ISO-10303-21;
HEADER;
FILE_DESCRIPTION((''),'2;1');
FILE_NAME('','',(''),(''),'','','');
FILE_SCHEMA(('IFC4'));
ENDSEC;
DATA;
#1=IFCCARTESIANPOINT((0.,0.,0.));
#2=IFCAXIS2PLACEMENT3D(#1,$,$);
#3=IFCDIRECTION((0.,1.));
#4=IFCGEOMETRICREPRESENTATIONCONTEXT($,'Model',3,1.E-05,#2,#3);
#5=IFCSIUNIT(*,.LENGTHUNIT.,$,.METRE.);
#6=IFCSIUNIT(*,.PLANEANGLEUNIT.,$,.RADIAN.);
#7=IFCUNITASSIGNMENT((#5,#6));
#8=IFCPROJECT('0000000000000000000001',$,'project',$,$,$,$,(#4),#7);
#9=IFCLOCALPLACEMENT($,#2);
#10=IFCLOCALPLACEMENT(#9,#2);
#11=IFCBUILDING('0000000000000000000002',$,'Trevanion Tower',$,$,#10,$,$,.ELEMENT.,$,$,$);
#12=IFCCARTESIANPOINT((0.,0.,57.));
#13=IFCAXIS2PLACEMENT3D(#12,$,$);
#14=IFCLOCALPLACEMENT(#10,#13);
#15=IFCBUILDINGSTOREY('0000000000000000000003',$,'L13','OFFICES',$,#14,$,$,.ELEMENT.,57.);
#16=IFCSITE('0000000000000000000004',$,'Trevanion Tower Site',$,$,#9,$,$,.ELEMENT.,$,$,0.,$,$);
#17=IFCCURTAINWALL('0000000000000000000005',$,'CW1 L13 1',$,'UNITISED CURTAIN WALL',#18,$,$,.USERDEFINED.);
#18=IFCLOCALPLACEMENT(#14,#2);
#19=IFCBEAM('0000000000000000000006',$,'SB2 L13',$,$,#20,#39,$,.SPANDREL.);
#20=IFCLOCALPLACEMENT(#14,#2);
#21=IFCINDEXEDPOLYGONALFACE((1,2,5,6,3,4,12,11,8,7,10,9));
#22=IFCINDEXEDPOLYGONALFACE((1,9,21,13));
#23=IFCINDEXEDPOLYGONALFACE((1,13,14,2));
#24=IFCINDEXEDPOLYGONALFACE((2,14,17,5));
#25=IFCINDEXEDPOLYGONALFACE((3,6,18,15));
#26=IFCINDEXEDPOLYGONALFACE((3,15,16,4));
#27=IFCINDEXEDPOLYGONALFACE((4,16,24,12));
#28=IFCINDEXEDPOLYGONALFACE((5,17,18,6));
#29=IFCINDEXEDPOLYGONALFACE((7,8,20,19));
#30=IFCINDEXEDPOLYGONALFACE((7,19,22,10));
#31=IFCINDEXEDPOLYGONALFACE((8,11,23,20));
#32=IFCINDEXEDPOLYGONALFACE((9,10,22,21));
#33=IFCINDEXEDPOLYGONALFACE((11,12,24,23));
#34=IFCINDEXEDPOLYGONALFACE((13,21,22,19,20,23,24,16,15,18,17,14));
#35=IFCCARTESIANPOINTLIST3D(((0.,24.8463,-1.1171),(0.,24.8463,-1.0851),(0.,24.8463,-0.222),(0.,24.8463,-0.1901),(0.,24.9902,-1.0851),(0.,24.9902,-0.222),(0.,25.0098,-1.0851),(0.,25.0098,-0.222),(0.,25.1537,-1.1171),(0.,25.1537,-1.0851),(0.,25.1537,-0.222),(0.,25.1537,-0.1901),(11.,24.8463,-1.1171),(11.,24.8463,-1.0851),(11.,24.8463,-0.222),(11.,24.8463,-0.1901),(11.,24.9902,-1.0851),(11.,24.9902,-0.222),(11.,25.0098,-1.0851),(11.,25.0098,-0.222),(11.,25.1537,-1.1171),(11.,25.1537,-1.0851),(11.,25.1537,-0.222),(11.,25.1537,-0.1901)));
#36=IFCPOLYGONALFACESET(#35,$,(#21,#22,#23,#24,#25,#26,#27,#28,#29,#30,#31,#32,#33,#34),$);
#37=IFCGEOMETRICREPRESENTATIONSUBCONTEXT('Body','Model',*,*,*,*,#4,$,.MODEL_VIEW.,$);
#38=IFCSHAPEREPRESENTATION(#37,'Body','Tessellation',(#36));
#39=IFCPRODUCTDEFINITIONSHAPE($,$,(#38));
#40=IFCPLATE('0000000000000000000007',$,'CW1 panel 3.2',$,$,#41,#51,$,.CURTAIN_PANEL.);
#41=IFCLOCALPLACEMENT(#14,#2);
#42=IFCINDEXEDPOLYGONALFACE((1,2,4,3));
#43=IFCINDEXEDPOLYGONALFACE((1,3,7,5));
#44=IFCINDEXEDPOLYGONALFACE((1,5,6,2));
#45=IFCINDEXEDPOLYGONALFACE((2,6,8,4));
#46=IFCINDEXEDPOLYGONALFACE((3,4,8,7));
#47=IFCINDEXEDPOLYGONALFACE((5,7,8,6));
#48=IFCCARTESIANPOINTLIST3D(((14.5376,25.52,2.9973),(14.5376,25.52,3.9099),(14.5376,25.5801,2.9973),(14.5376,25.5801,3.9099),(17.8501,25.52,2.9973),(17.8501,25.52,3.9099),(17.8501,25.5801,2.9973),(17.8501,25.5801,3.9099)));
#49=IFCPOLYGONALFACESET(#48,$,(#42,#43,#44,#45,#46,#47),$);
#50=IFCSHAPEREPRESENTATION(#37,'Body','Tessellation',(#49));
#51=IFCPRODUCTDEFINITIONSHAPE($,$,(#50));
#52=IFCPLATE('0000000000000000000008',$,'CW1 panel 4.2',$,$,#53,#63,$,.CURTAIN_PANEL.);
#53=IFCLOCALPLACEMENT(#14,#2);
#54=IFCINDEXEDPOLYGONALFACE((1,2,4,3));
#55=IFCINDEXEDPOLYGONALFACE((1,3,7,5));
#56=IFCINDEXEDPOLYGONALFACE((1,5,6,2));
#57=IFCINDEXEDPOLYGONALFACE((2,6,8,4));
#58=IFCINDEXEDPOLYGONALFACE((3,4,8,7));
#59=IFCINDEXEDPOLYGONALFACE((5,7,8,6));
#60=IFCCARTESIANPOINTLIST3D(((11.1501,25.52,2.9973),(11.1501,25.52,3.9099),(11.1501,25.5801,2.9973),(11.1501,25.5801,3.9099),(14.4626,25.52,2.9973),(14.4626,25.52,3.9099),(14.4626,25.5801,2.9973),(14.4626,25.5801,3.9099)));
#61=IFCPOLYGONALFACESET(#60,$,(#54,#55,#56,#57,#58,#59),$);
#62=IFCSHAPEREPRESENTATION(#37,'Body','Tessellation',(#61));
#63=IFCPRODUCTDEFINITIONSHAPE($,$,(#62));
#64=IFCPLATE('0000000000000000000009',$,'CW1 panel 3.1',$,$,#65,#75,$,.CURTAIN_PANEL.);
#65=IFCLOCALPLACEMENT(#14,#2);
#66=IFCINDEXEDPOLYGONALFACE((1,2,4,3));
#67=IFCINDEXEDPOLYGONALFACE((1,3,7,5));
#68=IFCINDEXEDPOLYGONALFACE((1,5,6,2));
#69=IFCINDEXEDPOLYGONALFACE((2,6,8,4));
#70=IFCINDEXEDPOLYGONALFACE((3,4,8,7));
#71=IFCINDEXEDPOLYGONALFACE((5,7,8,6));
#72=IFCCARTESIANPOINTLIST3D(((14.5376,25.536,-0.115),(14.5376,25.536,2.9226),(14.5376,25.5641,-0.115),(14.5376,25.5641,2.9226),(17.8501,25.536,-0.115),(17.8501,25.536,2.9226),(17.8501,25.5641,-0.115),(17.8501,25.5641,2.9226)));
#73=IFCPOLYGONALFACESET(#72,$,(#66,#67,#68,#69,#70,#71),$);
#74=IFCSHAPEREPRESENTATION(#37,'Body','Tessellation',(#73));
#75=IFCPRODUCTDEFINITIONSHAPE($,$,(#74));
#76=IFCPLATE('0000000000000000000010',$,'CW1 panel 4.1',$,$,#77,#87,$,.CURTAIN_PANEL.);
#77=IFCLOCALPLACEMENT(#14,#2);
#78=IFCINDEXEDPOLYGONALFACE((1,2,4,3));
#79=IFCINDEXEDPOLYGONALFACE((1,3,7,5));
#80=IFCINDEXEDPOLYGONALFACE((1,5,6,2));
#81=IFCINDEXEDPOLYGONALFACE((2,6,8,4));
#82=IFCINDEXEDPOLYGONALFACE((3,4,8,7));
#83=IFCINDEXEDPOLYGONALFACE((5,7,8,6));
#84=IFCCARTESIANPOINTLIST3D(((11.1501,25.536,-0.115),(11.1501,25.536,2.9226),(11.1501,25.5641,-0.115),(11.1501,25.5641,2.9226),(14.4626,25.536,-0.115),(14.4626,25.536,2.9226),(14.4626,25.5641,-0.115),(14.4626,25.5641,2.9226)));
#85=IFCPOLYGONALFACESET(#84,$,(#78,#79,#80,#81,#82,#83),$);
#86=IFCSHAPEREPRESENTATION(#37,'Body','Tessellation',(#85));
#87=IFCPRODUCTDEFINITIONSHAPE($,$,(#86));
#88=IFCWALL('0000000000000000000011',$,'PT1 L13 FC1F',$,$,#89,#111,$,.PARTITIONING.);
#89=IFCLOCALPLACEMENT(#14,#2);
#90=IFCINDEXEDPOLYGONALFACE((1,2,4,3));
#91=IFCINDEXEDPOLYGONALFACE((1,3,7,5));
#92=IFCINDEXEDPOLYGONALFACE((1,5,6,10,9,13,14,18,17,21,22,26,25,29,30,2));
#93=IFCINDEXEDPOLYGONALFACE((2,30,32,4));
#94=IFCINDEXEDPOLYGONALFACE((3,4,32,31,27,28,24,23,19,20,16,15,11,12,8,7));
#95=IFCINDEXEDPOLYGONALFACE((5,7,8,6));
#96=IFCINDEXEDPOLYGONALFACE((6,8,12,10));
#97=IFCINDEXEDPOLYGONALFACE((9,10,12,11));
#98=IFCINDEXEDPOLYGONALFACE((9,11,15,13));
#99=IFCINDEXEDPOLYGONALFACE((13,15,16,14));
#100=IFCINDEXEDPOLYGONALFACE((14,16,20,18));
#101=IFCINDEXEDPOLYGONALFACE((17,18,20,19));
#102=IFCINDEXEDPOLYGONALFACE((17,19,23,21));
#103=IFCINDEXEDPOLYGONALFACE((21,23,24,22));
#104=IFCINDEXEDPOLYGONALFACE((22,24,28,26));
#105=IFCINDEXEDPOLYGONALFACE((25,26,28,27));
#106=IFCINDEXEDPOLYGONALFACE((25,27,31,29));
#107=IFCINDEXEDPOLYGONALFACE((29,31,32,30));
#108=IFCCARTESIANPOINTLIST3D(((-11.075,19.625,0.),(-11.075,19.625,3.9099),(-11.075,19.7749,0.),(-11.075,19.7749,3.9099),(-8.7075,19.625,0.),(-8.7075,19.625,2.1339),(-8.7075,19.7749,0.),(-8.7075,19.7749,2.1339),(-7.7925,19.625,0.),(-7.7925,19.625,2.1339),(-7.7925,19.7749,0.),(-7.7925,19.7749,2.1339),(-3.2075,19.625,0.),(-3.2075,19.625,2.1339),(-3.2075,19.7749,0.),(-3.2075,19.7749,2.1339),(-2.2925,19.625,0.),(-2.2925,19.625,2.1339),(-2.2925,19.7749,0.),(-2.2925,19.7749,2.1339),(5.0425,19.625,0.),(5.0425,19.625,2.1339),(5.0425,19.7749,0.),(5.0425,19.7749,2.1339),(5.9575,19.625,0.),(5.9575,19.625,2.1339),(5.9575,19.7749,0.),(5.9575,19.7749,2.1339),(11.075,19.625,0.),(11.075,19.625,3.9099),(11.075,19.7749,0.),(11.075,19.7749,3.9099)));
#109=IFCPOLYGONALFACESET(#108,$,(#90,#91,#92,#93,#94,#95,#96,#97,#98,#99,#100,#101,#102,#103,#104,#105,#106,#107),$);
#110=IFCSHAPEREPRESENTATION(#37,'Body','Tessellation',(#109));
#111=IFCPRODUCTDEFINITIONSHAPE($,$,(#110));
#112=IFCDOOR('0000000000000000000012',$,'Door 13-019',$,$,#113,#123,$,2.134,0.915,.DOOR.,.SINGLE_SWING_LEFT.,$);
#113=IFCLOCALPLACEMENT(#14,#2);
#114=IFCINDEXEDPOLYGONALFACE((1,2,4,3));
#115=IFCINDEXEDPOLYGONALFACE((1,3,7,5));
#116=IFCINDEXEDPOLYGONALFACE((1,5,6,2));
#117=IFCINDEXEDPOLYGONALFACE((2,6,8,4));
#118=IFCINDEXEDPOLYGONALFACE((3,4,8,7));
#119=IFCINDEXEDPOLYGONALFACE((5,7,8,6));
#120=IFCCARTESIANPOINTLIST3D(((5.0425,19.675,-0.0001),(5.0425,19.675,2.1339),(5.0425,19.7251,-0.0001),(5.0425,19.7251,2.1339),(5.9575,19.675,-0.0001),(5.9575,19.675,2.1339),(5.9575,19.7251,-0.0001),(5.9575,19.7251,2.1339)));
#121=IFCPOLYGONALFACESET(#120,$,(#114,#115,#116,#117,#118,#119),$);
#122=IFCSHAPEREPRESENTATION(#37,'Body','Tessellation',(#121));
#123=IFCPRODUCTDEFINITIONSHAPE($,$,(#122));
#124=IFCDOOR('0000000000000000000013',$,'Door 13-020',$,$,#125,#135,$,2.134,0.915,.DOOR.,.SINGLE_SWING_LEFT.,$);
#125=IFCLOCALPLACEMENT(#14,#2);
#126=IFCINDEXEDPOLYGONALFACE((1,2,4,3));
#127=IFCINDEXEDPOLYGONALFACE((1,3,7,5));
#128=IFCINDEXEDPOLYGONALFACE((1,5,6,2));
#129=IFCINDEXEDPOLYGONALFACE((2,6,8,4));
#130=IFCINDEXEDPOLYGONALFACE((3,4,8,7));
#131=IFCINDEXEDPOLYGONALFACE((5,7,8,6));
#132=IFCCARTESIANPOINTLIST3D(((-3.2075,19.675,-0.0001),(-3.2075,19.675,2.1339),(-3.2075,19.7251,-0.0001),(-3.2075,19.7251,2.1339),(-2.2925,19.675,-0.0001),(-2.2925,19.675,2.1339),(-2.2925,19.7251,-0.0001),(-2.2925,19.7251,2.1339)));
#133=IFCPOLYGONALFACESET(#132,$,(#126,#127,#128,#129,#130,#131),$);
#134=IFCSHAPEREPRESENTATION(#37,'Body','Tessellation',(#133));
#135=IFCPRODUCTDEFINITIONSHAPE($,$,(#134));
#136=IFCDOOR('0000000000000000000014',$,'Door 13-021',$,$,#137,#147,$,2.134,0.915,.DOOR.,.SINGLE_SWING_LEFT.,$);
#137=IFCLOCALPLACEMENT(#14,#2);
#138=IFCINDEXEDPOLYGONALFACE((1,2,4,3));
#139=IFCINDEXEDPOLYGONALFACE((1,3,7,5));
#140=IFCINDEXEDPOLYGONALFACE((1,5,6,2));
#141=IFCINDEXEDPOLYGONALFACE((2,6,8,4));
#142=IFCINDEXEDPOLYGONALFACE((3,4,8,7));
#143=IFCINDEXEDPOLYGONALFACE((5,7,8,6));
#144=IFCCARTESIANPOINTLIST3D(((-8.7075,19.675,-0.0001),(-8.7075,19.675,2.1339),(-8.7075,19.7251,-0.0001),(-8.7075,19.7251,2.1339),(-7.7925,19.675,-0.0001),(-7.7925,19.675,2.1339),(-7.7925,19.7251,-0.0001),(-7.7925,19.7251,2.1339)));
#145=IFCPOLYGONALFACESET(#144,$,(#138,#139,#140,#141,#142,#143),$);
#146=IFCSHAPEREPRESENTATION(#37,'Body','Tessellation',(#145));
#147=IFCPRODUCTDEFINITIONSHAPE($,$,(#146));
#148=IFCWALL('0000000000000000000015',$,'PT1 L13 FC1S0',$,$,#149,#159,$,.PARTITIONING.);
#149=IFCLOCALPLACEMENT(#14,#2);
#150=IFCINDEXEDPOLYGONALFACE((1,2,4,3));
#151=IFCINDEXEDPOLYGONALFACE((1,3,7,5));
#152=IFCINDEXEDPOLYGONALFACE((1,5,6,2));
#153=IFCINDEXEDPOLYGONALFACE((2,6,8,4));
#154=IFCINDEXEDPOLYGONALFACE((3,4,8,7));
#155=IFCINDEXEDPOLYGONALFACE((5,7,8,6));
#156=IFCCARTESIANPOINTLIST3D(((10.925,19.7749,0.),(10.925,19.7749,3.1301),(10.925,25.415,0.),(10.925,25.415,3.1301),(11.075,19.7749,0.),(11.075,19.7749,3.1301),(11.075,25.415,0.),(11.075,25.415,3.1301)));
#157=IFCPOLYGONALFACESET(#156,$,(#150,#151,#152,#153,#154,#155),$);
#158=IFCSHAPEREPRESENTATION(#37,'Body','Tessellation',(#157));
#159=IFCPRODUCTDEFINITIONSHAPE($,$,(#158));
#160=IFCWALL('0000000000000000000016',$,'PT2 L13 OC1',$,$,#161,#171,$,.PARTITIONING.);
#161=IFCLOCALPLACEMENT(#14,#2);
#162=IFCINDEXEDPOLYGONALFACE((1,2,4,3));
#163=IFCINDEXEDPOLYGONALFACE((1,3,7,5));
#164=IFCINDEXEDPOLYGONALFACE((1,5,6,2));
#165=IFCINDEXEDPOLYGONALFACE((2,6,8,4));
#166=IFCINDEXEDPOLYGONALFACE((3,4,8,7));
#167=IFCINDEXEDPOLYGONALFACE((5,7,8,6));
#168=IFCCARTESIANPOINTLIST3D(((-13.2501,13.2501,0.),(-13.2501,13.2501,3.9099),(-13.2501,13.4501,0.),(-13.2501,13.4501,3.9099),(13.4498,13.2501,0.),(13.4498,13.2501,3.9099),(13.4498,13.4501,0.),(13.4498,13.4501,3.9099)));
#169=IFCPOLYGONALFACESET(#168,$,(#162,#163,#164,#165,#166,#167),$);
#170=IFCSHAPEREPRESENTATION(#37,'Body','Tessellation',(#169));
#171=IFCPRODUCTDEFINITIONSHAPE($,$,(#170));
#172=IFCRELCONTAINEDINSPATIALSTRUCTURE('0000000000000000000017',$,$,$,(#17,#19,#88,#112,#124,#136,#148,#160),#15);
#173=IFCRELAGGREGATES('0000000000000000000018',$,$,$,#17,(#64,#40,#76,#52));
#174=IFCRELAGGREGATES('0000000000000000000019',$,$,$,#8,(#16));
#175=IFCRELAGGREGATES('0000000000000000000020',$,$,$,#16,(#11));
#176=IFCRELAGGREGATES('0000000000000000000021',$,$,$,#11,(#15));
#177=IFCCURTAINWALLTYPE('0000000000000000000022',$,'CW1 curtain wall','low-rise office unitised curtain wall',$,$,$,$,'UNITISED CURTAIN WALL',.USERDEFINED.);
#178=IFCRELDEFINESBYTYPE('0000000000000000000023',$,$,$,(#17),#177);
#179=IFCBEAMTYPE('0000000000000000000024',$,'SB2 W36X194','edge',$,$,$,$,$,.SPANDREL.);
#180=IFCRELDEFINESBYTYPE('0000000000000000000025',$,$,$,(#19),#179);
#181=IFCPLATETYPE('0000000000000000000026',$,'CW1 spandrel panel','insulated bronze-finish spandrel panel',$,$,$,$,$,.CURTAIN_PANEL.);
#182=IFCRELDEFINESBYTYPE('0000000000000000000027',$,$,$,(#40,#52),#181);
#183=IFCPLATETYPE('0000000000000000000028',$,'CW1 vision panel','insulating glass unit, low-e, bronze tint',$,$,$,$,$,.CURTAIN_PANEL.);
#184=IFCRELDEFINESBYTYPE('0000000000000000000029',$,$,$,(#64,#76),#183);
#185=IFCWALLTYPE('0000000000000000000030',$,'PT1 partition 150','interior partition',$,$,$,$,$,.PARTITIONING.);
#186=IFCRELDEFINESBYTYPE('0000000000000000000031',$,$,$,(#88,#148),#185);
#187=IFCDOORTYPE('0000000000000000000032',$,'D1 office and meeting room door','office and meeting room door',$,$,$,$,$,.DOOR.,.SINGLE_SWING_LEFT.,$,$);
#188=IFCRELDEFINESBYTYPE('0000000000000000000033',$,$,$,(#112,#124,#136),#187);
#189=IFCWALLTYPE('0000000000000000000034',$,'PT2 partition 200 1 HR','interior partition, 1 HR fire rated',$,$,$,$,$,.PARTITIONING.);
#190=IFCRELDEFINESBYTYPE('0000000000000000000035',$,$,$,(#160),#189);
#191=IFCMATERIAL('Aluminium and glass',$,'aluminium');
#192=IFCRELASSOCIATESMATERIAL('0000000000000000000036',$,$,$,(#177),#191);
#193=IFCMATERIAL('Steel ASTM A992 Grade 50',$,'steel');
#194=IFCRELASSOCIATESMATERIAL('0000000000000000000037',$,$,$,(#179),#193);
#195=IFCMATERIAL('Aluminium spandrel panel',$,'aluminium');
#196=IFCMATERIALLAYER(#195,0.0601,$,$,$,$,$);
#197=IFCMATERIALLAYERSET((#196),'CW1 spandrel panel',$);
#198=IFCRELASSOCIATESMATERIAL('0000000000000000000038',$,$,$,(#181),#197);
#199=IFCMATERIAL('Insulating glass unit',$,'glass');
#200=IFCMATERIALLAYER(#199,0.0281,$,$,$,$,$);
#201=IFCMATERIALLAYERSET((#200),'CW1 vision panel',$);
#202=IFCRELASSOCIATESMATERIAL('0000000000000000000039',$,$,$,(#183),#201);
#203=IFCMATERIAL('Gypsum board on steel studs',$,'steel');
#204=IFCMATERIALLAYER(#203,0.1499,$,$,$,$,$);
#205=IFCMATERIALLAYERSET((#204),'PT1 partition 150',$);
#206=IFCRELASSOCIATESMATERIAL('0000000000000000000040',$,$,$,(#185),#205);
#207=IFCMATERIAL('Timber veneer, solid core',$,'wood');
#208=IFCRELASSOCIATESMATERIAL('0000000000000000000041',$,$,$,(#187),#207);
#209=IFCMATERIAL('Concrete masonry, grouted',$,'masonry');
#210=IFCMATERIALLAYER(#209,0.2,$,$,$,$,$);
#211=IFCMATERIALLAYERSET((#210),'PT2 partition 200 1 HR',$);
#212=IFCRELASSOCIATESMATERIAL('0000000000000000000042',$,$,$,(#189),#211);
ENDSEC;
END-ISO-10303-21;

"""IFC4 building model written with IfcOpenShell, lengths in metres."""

from ifc_helpers import new_model, si_unit, direction, frame, frame_2d, origin, origin_2d, place, context, subcontext, project, spatial, rectangle, i_section, extrude, material, layer, layer_set, material_profile, profile_set, type_object, element, fill, aggregate, save


model = new_model("IFC4")

# Units and contexts
model_context = context("Model", 3, precision=1e-05, world=origin(), true_north=direction((0.0, 1.0)))
body_context = subcontext(model_context, "Body", "Model", "MODEL_VIEW")
ifc_project = project(units=[si_unit("LENGTHUNIT", "METRE"), si_unit("PLANEANGLEUNIT", "RADIAN")], contexts=[model_context])

# Site, building, storey
site_placement = place(None, origin())
site = spatial("IfcSite", under=ifc_project, at=site_placement, Name="Trevanion Tower Site", CompositionType="ELEMENT", RefElevation=0.0)
building_placement = place(site_placement, origin())
building = spatial("IfcBuilding", under=site, at=building_placement, Name="Trevanion Tower", CompositionType="ELEMENT")
storey_placement = place(building_placement, frame((0.0, 0.0, 57.0)))
storey = spatial("IfcBuildingStorey", under=building, at=storey_placement, Name="L13", Description="OFFICES", CompositionType="ELEMENT", Elevation=57.0)

# Curtain wall
ifc_material_1 = material(Name="Aluminium and glass", Category="aluminium")
curtain_wall_type = type_object("IfcCurtainWallType", Name="CW1 curtain wall", Description="low-rise office unitised curtain wall", ElementType="UNITISED CURTAIN WALL", PredefinedType="USERDEFINED", material=ifc_material_1)
curtain_wall_placement = place(storey_placement, origin())
curtain_wall = element("IfcCurtainWall", 1, at=curtain_wall_placement, inside=storey, type_object=curtain_wall_type, Name="CW1 L13 1", ObjectType="UNITISED CURTAIN WALL", PredefinedType="USERDEFINED")

# Beam
ifc_material_2 = material(Name="Steel ASTM A992 Grade 50", Category="steel")
ifc_material_profile_1 = material_profile(ifc_material_2, i_section(OverallWidth=0.3074, OverallDepth=0.927, WebThickness=0.0195, FlangeThickness=0.032, at=origin_2d()), Name="W36X194")
ifc_profile_set_1 = profile_set([ifc_material_profile_1], Name="Steel ASTM A992 Grade 50")
beam_type_1 = type_object("IfcBeamType", Name="SB2 W36X194", Description="edge", PredefinedType="SPANDREL", material=ifc_profile_set_1)
beam_1_placement = place(storey_placement, frame((11.0, 25.0, -0.6536), z_axis=(-1.0, 0.0, 0.0), x_axis=(0.0, -1.0, 0.0)))
element("IfcBeam", 2, at=beam_1_placement, inside=storey, type_object=beam_type_1, Name="SB2 L13", PredefinedType="SPANDREL", context=body_context, shape_type="SweptSolid", body=[
    extrude(i_section(OverallWidth=0.3074, OverallDepth=0.927, WebThickness=0.0195, FlangeThickness=0.032, at=origin_2d()), origin(), (0.0, 0.0, 1.0), 11.0),
])

# Plates
ifc_material_3 = material(Name="Aluminium spandrel panel", Category="aluminium")
ifc_layer_1 = layer(ifc_material_3, 0.0601)
ifc_layer_set_1 = layer_set([ifc_layer_1], Name="CW1 spandrel panel")
plate_type_1 = type_object("IfcPlateType", Name="CW1 spandrel panel", Description="insulated bronze-finish spandrel panel", PredefinedType="CURTAIN_PANEL", material=ifc_layer_set_1)
plate_1_placement = place(storey_placement, frame((16.1938, 25.55, 2.9973), z_axis=(0.0, 0.0, 1.0), x_axis=(-1.0, 0.0, 0.0)))
plate_1 = element("IfcPlate", 3, at=plate_1_placement, type_object=plate_type_1, Name="CW1 panel 3.2", PredefinedType="CURTAIN_PANEL", context=body_context, shape_type="SweptSolid", body=[
    extrude(rectangle(XDim=3.3125, YDim=0.0601, at=origin_2d()), origin(), (0.0, 0.0, 1.0), 0.9126),
])
plate_2_placement = place(storey_placement, frame((12.8064, 25.55, 2.9973), z_axis=(0.0, 0.0, 1.0), x_axis=(-1.0, 0.0, 0.0)))
plate_2 = element("IfcPlate", 4, at=plate_2_placement, type_object=plate_type_1, Name="CW1 panel 4.2", PredefinedType="CURTAIN_PANEL", context=body_context, shape_type="SweptSolid", body=[
    extrude(rectangle(XDim=3.3125, YDim=0.0601, at=origin_2d()), origin(), (0.0, 0.0, 1.0), 0.9126),
])
ifc_material_4 = material(Name="Insulating glass unit", Category="glass")
ifc_layer_2 = layer(ifc_material_4, 0.0281)
ifc_layer_set_2 = layer_set([ifc_layer_2], Name="CW1 vision panel")
plate_type_2 = type_object("IfcPlateType", Name="CW1 vision panel", Description="insulating glass unit, low-e, bronze tint", PredefinedType="CURTAIN_PANEL", material=ifc_layer_set_2)
plate_3_placement = place(storey_placement, frame((16.1938, 25.55, -0.115), z_axis=(0.0, 0.0, 1.0), x_axis=(-1.0, 0.0, 0.0)))
plate_3 = element("IfcPlate", 5, at=plate_3_placement, type_object=plate_type_2, Name="CW1 panel 3.1", PredefinedType="CURTAIN_PANEL", context=body_context, shape_type="SweptSolid", body=[
    extrude(rectangle(XDim=3.3125, YDim=0.0281, at=origin_2d()), origin(), (0.0, 0.0, 1.0), 3.0376),
])
plate_4_placement = place(storey_placement, frame((12.8064, 25.55, -0.115), z_axis=(0.0, 0.0, 1.0), x_axis=(-1.0, 0.0, 0.0)))
plate_4 = element("IfcPlate", 6, at=plate_4_placement, type_object=plate_type_2, Name="CW1 panel 4.1", PredefinedType="CURTAIN_PANEL", context=body_context, shape_type="SweptSolid", body=[
    extrude(rectangle(XDim=3.3125, YDim=0.0281, at=origin_2d()), origin(), (0.0, 0.0, 1.0), 3.0376),
])
aggregate(curtain_wall, [plate_3, plate_1, plate_4, plate_2])

# Wall, openings, doors
ifc_material_5 = material(Name="Gypsum board on steel studs", Category="steel")
ifc_layer_3 = layer(ifc_material_5, 0.1499)
ifc_layer_set_3 = layer_set([ifc_layer_3], Name="PT1 partition 150")
wall_type_1 = type_object("IfcWallType", Name="PT1 partition 150", Description="interior partition", PredefinedType="PARTITIONING", material=ifc_layer_set_3)
wall_1_placement = place(storey_placement, frame((11.075, 19.7, 0.0), z_axis=(0.0, 0.0, 1.0), x_axis=(-1.0, 0.0, 0.0)))
wall_1 = element("IfcWall", 7, at=wall_1_placement, inside=storey, type_object=wall_type_1, Name="PT1 L13 FC1F", PredefinedType="PARTITIONING", context=body_context, shape_type="SweptSolid", body=[
    extrude(rectangle(XDim=22.1499, YDim=0.1499, at=frame_2d((11.075, 0.0))), origin(), (0.0, 0.0, 1.0), 3.9099),
])
opening_1_placement = place(wall_1_placement, frame((5.1174, 0.0, 0.0)))
opening_1 = element("IfcOpeningElement", 8, at=opening_1_placement, cuts=wall_1, PredefinedType="OPENING", context=body_context, shape_type="SweptSolid", body=[
    extrude(rectangle(XDim=0.915, YDim=2.134, at=frame_2d((0.4575, 1.0669))), frame((0.0, 0.085, 0.0), z_axis=(0.0, -1.0, 0.0), x_axis=(1.0, 0.0, 0.0)), (0.0, 0.0, 1.0), 0.1699),
])
opening_2_placement = place(wall_1_placement, frame((13.3674, 0.0, 0.0)))
opening_2 = element("IfcOpeningElement", 9, at=opening_2_placement, cuts=wall_1, PredefinedType="OPENING", context=body_context, shape_type="SweptSolid", body=[
    extrude(rectangle(XDim=0.915, YDim=2.134, at=frame_2d((0.4575, 1.0669))), frame((0.0, 0.085, 0.0), z_axis=(0.0, -1.0, 0.0), x_axis=(1.0, 0.0, 0.0)), (0.0, 0.0, 1.0), 0.1699),
])
opening_3_placement = place(wall_1_placement, frame((18.8674, 0.0, 0.0)))
opening_3 = element("IfcOpeningElement", 10, at=opening_3_placement, cuts=wall_1, PredefinedType="OPENING", context=body_context, shape_type="SweptSolid", body=[
    extrude(rectangle(XDim=0.915, YDim=2.134, at=frame_2d((0.4575, 1.0669))), frame((0.0, 0.085, 0.0), z_axis=(0.0, -1.0, 0.0), x_axis=(1.0, 0.0, 0.0)), (0.0, 0.0, 1.0), 0.1699),
])
ifc_material_6 = material(Name="Timber veneer, solid core", Category="wood")
door_type = type_object("IfcDoorType", Name="D1 office and meeting room door", Description="office and meeting room door", OperationType="SINGLE_SWING_LEFT", PredefinedType="DOOR", material=ifc_material_6)
door_1_placement = place(opening_1_placement, origin())
door_1 = element("IfcDoor", 11, at=door_1_placement, inside=storey, type_object=door_type, Name="Door 13-019", OperationType="SINGLE_SWING_LEFT", OverallHeight=2.134, OverallWidth=0.915, PredefinedType="DOOR", context=body_context, shape_type="SweptSolid", body=[
    extrude(rectangle(XDim=0.915, YDim=2.134, at=frame_2d((0.4575, 1.0669))), frame((0.0, 0.0249, 0.0), z_axis=(0.0, -1.0, 0.0), x_axis=(1.0, 0.0, 0.0)), (0.0, 0.0, 1.0), 0.05),
])
fill(opening_1, door_1)
door_2_placement = place(opening_2_placement, origin())
door_2 = element("IfcDoor", 12, at=door_2_placement, inside=storey, type_object=door_type, Name="Door 13-020", OperationType="SINGLE_SWING_LEFT", OverallHeight=2.134, OverallWidth=0.915, PredefinedType="DOOR", context=body_context, shape_type="SweptSolid", body=[
    extrude(rectangle(XDim=0.915, YDim=2.134, at=frame_2d((0.4575, 1.0669))), frame((0.0, 0.0249, 0.0), z_axis=(0.0, -1.0, 0.0), x_axis=(1.0, 0.0, 0.0)), (0.0, 0.0, 1.0), 0.05),
])
fill(opening_2, door_2)
door_3_placement = place(opening_3_placement, origin())
door_3 = element("IfcDoor", 13, at=door_3_placement, inside=storey, type_object=door_type, Name="Door 13-021", OperationType="SINGLE_SWING_LEFT", OverallHeight=2.134, OverallWidth=0.915, PredefinedType="DOOR", context=body_context, shape_type="SweptSolid", body=[
    extrude(rectangle(XDim=0.915, YDim=2.134, at=frame_2d((0.4575, 1.0669))), frame((0.0, 0.0249, 0.0), z_axis=(0.0, -1.0, 0.0), x_axis=(1.0, 0.0, 0.0)), (0.0, 0.0, 1.0), 0.05),
])
fill(opening_3, door_3)

# Walls
wall_2_placement = place(storey_placement, frame((11.0, 19.7749, 0.0), z_axis=(0.0, 0.0, 1.0), x_axis=(0.0, 1.0, 0.0)))
element("IfcWall", 14, at=wall_2_placement, inside=storey, type_object=wall_type_1, Name="PT1 L13 FC1S0", PredefinedType="PARTITIONING", context=body_context, shape_type="SweptSolid", body=[
    extrude(rectangle(XDim=5.6401, YDim=0.1499, at=frame_2d((2.8201, 0.0))), origin(), (0.0, 0.0, 1.0), 3.1301),
])
ifc_material_7 = material(Name="Concrete masonry, grouted", Category="masonry")
ifc_layer_4 = layer(ifc_material_7, 0.2)
ifc_layer_set_4 = layer_set([ifc_layer_4], Name="PT2 partition 200 1 HR")
wall_type_2 = type_object("IfcWallType", Name="PT2 partition 200 1 HR", Description="interior partition, 1 HR fire rated", PredefinedType="PARTITIONING", material=ifc_layer_set_4)
wall_3_placement = place(storey_placement, frame((13.45, 13.3501, 0.0), z_axis=(0.0, 0.0, 1.0), x_axis=(-1.0, 0.0, 0.0)))
element("IfcWall", 15, at=wall_3_placement, inside=storey, type_object=wall_type_2, Name="PT2 L13 OC1", PredefinedType="PARTITIONING", context=body_context, shape_type="SweptSolid", body=[
    extrude(rectangle(XDim=26.7, YDim=0.2, at=frame_2d((13.3501, 0.0))), origin(), (0.0, 0.0, 1.0), 3.9099),
])

save(model, "model.ifc")
